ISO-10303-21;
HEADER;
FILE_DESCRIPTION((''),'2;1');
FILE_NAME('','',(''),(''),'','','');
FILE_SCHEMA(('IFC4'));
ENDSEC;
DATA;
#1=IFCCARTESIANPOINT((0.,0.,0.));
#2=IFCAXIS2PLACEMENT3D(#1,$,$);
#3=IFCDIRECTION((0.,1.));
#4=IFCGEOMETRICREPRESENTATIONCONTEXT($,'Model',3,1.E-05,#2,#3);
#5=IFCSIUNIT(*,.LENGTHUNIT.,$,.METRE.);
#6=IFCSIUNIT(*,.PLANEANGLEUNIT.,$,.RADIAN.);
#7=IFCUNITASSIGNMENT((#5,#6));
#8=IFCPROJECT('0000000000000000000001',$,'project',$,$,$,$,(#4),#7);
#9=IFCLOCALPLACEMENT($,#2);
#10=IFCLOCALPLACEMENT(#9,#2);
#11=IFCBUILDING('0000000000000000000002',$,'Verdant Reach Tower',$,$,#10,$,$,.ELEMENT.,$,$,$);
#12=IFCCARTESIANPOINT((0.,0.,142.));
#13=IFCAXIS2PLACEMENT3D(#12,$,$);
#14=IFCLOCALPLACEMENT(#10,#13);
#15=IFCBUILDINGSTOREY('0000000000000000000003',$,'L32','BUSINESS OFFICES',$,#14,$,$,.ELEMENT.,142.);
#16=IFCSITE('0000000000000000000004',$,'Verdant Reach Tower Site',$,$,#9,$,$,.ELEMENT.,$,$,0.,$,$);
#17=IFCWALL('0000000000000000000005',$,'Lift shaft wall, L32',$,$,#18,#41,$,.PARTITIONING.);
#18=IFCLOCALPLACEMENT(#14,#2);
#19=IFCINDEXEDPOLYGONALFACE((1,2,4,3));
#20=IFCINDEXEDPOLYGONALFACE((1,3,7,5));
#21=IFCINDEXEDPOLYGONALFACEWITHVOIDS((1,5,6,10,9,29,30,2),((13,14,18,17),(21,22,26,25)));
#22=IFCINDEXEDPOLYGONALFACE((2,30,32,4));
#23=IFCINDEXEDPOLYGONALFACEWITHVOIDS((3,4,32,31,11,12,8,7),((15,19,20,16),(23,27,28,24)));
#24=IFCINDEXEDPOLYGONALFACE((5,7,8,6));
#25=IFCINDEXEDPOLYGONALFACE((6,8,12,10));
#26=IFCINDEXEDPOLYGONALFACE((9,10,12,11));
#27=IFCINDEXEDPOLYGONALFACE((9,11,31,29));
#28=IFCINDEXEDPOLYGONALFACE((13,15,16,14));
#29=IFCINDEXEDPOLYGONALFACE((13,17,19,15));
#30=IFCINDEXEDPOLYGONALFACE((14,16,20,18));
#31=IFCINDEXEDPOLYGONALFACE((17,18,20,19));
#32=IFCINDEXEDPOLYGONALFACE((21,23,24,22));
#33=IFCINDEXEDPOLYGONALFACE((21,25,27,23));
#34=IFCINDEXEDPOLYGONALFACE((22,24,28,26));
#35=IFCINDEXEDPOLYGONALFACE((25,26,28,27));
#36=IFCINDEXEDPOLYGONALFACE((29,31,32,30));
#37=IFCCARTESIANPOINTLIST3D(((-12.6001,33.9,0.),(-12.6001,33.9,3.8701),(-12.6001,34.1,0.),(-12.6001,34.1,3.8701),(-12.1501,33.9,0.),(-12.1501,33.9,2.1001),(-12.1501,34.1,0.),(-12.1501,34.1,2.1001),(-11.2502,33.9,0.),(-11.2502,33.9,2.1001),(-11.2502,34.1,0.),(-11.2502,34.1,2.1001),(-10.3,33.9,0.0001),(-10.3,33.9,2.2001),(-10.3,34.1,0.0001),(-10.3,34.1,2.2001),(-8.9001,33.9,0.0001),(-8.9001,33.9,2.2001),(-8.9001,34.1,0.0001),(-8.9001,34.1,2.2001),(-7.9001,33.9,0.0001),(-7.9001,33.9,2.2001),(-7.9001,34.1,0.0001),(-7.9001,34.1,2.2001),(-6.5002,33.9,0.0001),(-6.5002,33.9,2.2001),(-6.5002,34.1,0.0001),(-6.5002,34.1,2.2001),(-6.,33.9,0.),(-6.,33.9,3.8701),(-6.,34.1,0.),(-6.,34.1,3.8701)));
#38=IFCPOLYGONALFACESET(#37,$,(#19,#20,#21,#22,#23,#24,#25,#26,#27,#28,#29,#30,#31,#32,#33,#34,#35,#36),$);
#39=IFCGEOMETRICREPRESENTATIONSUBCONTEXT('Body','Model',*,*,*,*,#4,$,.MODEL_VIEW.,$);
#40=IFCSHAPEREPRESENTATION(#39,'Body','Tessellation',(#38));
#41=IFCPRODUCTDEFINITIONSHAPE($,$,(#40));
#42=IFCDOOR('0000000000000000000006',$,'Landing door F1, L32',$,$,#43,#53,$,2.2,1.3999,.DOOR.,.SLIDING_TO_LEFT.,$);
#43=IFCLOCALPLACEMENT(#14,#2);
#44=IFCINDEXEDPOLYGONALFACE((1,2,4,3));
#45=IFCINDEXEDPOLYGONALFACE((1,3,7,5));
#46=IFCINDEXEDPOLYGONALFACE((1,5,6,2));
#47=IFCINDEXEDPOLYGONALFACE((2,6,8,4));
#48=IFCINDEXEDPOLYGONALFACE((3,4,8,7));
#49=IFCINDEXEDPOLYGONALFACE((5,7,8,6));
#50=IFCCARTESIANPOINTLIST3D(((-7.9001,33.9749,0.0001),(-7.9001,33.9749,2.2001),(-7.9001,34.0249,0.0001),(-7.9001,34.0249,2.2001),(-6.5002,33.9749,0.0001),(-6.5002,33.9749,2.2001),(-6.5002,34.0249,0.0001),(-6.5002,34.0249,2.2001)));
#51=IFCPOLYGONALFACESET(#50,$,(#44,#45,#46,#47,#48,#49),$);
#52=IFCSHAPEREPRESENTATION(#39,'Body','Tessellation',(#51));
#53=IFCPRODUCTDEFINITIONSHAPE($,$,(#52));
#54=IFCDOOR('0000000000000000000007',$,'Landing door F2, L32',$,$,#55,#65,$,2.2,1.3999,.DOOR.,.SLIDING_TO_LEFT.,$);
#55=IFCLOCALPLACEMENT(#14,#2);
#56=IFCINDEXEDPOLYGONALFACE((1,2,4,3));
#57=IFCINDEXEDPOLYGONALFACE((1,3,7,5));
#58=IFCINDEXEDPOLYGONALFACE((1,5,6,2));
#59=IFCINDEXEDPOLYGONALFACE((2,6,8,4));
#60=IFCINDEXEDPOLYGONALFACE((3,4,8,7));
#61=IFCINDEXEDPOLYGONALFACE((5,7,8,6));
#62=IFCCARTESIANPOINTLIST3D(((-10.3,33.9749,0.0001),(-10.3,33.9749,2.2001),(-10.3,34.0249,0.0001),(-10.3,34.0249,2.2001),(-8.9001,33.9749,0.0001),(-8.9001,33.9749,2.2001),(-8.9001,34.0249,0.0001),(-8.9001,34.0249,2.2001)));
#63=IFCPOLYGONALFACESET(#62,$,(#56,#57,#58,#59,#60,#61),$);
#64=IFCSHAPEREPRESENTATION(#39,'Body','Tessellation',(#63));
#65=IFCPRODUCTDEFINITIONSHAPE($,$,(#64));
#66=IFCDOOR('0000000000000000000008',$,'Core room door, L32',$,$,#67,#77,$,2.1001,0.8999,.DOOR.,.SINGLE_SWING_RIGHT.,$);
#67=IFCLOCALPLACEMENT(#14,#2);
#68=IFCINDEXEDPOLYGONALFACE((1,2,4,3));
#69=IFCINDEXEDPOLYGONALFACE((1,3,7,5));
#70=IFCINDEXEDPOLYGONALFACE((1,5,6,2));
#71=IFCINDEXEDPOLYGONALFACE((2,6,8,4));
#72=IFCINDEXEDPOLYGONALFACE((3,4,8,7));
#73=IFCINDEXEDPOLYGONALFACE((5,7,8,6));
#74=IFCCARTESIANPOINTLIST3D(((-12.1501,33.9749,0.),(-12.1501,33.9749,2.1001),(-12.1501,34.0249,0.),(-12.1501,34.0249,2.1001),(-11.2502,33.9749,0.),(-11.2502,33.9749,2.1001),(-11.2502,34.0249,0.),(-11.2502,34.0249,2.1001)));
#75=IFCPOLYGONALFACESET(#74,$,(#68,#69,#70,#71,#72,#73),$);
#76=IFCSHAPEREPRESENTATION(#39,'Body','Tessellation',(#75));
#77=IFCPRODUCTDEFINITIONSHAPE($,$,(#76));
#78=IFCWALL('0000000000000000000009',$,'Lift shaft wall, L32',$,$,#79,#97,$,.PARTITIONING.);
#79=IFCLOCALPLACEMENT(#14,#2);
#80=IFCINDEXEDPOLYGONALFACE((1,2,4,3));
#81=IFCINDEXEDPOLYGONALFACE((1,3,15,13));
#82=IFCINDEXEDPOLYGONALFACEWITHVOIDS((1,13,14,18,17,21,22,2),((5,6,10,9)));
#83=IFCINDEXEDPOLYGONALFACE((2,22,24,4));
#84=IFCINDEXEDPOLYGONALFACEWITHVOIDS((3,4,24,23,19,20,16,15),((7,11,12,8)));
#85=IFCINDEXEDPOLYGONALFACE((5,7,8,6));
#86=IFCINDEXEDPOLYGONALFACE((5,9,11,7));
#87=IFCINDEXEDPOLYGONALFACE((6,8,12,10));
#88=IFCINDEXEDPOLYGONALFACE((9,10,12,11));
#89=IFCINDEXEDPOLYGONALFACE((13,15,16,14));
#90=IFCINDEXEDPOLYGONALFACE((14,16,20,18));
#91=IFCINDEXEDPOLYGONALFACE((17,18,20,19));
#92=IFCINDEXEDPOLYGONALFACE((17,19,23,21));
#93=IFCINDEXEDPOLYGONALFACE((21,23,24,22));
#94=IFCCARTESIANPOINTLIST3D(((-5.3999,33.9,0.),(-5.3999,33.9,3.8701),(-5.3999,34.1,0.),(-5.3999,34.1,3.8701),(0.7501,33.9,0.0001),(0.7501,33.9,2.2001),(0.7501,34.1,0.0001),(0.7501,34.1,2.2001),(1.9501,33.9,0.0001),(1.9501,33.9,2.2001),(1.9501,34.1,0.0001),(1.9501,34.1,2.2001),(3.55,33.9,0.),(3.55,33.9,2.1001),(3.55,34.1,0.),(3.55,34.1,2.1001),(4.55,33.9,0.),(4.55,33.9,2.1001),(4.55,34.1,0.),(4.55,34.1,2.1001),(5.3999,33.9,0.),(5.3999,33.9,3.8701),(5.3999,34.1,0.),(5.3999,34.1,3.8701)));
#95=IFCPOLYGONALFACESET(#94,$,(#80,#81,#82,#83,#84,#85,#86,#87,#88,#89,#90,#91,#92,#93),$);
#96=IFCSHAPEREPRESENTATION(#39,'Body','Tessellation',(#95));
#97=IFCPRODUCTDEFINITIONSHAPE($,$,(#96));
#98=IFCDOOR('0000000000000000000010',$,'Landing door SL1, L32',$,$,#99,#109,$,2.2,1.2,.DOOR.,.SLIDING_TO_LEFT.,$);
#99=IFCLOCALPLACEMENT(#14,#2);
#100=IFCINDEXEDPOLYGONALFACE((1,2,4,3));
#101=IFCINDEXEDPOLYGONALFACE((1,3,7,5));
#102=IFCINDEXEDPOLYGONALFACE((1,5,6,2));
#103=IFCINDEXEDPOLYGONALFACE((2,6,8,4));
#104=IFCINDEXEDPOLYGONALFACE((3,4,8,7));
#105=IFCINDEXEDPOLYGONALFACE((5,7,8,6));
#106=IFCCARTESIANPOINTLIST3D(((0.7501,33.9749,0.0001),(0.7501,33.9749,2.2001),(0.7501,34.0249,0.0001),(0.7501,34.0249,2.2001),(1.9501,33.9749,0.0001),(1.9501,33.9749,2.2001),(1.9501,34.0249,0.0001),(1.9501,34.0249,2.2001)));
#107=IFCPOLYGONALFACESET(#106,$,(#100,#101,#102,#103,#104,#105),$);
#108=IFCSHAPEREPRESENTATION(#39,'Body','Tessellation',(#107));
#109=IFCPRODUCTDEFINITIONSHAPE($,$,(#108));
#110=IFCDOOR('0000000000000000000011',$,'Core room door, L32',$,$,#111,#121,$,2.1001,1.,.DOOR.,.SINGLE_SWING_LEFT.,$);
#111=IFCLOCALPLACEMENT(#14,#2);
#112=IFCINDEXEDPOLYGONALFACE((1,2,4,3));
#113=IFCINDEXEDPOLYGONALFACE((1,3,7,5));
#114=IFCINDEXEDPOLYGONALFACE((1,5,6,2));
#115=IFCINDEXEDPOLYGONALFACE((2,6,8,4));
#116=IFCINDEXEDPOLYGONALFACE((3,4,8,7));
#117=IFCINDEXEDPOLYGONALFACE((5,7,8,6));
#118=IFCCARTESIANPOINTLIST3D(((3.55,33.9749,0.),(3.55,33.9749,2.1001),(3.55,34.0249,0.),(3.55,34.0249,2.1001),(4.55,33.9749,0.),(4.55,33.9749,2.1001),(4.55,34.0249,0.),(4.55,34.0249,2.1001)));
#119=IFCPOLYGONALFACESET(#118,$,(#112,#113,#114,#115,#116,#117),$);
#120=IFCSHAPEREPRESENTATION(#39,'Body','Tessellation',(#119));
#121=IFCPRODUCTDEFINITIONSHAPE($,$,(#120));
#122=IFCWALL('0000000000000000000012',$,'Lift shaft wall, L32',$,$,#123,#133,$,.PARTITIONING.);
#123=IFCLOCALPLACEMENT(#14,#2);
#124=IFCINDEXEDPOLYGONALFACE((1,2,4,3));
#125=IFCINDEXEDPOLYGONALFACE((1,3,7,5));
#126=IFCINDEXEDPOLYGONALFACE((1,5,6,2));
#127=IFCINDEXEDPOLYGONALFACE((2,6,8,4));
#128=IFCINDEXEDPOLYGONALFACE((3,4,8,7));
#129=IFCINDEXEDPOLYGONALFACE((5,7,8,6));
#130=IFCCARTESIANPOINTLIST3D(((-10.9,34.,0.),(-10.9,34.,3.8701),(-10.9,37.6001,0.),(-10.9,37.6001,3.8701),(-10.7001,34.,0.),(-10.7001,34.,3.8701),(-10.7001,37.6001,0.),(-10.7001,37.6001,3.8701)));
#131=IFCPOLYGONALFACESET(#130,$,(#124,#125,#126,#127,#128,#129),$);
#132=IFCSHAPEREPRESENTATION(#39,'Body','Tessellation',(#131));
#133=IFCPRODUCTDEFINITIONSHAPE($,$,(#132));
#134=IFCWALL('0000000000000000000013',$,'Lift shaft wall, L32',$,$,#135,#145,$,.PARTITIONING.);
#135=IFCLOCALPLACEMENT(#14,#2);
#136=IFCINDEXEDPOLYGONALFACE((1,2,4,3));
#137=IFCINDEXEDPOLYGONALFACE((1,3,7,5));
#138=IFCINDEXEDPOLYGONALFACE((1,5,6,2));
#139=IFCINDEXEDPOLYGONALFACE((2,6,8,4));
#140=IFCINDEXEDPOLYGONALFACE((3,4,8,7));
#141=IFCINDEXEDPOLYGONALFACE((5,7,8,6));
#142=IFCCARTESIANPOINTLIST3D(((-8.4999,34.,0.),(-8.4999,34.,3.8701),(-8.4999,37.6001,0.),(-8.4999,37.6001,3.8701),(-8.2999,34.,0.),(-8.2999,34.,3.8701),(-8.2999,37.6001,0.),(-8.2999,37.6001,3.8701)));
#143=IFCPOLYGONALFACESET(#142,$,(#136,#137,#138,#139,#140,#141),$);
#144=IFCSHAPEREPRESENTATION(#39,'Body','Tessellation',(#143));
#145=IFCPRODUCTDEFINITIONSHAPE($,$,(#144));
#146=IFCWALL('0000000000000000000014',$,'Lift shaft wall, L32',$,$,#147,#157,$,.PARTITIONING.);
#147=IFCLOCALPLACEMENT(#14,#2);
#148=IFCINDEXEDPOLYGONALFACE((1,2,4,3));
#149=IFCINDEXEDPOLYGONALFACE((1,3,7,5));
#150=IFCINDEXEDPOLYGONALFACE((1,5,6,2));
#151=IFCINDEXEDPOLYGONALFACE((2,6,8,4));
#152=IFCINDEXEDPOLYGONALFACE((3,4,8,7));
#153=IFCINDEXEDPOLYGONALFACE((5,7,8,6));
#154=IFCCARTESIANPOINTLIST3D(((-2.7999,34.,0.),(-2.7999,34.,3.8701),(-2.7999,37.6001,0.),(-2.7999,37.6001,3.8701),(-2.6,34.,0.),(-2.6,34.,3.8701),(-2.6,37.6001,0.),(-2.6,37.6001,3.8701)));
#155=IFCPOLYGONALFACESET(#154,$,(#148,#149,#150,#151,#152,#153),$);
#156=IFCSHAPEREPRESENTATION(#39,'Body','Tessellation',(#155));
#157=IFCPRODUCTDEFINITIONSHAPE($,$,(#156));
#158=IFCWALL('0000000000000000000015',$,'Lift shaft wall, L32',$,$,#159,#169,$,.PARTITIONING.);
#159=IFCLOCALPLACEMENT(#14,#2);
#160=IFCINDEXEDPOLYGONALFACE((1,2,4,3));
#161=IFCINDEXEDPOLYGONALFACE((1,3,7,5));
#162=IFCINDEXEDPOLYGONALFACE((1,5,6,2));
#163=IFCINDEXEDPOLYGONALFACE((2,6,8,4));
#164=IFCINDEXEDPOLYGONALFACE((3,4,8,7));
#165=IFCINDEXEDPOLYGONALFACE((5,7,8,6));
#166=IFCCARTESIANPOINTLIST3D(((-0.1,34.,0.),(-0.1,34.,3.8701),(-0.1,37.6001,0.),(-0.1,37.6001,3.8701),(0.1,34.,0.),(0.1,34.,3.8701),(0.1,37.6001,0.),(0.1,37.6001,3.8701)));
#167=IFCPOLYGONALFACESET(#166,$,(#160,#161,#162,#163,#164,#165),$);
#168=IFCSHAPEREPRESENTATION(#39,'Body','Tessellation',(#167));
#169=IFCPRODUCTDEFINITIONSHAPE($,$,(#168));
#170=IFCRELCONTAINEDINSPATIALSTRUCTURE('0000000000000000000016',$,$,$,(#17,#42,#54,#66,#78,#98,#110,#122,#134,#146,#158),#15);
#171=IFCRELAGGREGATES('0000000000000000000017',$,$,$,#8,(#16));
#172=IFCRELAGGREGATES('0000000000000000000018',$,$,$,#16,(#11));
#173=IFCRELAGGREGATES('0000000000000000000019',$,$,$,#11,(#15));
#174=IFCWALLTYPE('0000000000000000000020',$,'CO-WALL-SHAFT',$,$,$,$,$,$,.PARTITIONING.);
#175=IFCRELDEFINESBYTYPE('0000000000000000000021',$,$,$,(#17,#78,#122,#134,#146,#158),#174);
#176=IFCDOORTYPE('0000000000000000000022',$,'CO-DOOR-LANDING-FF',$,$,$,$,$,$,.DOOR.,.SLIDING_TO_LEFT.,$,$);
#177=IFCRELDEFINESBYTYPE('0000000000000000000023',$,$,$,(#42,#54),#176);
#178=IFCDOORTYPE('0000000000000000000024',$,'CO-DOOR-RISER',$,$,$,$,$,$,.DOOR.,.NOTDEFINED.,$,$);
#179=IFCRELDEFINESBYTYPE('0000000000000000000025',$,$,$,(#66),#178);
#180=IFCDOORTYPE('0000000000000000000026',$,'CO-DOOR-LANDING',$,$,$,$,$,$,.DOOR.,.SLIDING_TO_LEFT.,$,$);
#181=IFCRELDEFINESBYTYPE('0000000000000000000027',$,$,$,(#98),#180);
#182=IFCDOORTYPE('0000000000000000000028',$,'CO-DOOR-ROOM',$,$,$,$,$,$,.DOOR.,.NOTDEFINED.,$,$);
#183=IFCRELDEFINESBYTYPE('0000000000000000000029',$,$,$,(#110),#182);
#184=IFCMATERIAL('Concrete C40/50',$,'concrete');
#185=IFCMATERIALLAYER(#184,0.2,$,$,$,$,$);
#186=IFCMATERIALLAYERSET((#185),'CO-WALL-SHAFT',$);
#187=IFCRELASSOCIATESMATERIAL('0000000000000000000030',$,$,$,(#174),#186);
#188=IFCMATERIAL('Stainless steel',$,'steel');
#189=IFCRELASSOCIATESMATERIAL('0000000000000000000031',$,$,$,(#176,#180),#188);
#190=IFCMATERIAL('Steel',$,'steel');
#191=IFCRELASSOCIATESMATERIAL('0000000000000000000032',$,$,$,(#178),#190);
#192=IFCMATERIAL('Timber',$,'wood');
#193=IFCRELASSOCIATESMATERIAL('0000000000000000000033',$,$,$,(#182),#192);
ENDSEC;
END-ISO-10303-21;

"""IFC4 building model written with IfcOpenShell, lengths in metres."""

from ifc_helpers import new_model, si_unit, direction, frame, frame_2d, origin, place, context, subcontext, project, spatial, rectangle, extrude, material, layer, layer_set, type_object, element, fill, save


model = new_model("IFC4")

# Units and contexts
model_context = context("Model", 3, precision=1e-05, world=origin(), true_north=direction((0.0, 1.0)))
body_context = subcontext(model_context, "Body", "Model", "MODEL_VIEW")
ifc_project = project(units=[si_unit("LENGTHUNIT", "METRE"), si_unit("PLANEANGLEUNIT", "RADIAN")], contexts=[model_context])

# Site, building, storey
site_placement = place(None, origin())
site = spatial("IfcSite", under=ifc_project, at=site_placement, Name="Verdant Reach Tower Site", CompositionType="ELEMENT", RefElevation=0.0)
building_placement = place(site_placement, origin())
building = spatial("IfcBuilding", under=site, at=building_placement, Name="Verdant Reach Tower", CompositionType="ELEMENT")
storey_placement = place(building_placement, frame((0.0, 0.0, 142.0)))
storey = spatial("IfcBuildingStorey", under=building, at=storey_placement, Name="L32", Description="BUSINESS OFFICES", CompositionType="ELEMENT", Elevation=142.0)

# Walls, openings, doors
ifc_material_1 = material(Name="Concrete C40/50", Category="concrete")
ifc_layer_1 = layer(ifc_material_1, 0.2)
ifc_layer_set_1 = layer_set([ifc_layer_1], Name="CO-WALL-SHAFT")
wall_type_1 = type_object("IfcWallType", Name="CO-WALL-SHAFT", PredefinedType="PARTITIONING", material=ifc_layer_set_1)
wall_1_placement = place(storey_placement, frame((-12.6001, 34.0, 0.0), z_axis=(0.0, 0.0, 1.0), x_axis=(1.0, 0.0, 0.0)))
wall_1 = element("IfcWall", 1, at=wall_1_placement, inside=storey, type_object=wall_type_1, Name="Lift shaft wall, L32", PredefinedType="PARTITIONING", context=body_context, shape_type="SweptSolid", body=[
    extrude(rectangle(XDim=6.6001, YDim=0.2, at=frame_2d((3.3, 0.0))), origin(), (0.0, 0.0, 1.0), 3.8701),
])
opening_1_placement = place(wall_1_placement, frame((4.7, 0.0, 0.0)))
opening_1 = element("IfcOpeningElement", 2, at=opening_1_placement, cuts=wall_1, PredefinedType="OPENING", context=body_context, shape_type="SweptSolid", body=[
    extrude(rectangle(XDim=1.3999, YDim=2.2, at=frame_2d((0.7, 1.1001))), frame((0.0, 0.1099, 0.0), z_axis=(0.0, -1.0, 0.0), x_axis=(1.0, 0.0, 0.0)), (0.0, 0.0, 1.0), 0.22),
])
opening_2_placement = place(wall_1_placement, frame((2.3, 0.0, 0.0)))
opening_2 = element("IfcOpeningElement", 3, at=opening_2_placement, cuts=wall_1, PredefinedType="OPENING", context=body_context, shape_type="SweptSolid", body=[
    extrude(rectangle(XDim=1.3999, YDim=2.2, at=frame_2d((0.7, 1.1001))), frame((0.0, 0.1099, 0.0), z_axis=(0.0, -1.0, 0.0), x_axis=(1.0, 0.0, 0.0)), (0.0, 0.0, 1.0), 0.22),
])
opening_3_placement = place(wall_1_placement, frame((0.45, 0.0, 0.0)))
opening_3 = element("IfcOpeningElement", 4, at=opening_3_placement, cuts=wall_1, PredefinedType="OPENING", context=body_context, shape_type="SweptSolid", body=[
    extrude(rectangle(XDim=0.8999, YDim=2.1001, at=frame_2d((0.45, 1.05))), frame((0.0, 0.1099, 0.0), z_axis=(0.0, -1.0, 0.0), x_axis=(1.0, 0.0, 0.0)), (0.0, 0.0, 1.0), 0.22),
])
ifc_material_2 = material(Name="Stainless steel", Category="steel")
door_type_1 = type_object("IfcDoorType", Name="CO-DOOR-LANDING-FF", OperationType="SLIDING_TO_LEFT", PredefinedType="DOOR", material=ifc_material_2)
door_1_placement = place(opening_1_placement, origin())
door_1 = element("IfcDoor", 5, at=door_1_placement, inside=storey, type_object=door_type_1, Name="Landing door F1, L32", OperationType="SLIDING_TO_LEFT", OverallHeight=2.2, OverallWidth=1.3999, PredefinedType="DOOR", context=body_context, shape_type="SweptSolid", body=[
    extrude(rectangle(XDim=1.3999, YDim=2.2, at=frame_2d((0.7, 1.1001))), frame((0.0, 0.0249, 0.0), z_axis=(0.0, -1.0, 0.0), x_axis=(1.0, 0.0, 0.0)), (0.0, 0.0, 1.0), 0.05),
])
fill(opening_1, door_1)
door_2_placement = place(opening_2_placement, origin())
door_2 = element("IfcDoor", 6, at=door_2_placement, inside=storey, type_object=door_type_1, Name="Landing door F2, L32", OperationType="SLIDING_TO_LEFT", OverallHeight=2.2, OverallWidth=1.3999, PredefinedType="DOOR", context=body_context, shape_type="SweptSolid", body=[
    extrude(rectangle(XDim=1.3999, YDim=2.2, at=frame_2d((0.7, 1.1001))), frame((0.0, 0.0249, 0.0), z_axis=(0.0, -1.0, 0.0), x_axis=(1.0, 0.0, 0.0)), (0.0, 0.0, 1.0), 0.05),
])
fill(opening_2, door_2)
ifc_material_3 = material(Name="Steel", Category="steel")
door_type_2 = type_object("IfcDoorType", Name="CO-DOOR-RISER", OperationType="NOTDEFINED", PredefinedType="DOOR", material=ifc_material_3)
door_3_placement = place(opening_3_placement, origin())
door_3 = element("IfcDoor", 7, at=door_3_placement, inside=storey, type_object=door_type_2, Name="Core room door, L32", OperationType="SINGLE_SWING_RIGHT", OverallHeight=2.1001, OverallWidth=0.8999, PredefinedType="DOOR", context=body_context, shape_type="SweptSolid", body=[
    extrude(rectangle(XDim=0.8999, YDim=2.1001, at=frame_2d((0.45, 1.05))), frame((0.0, 0.0249, 0.0), z_axis=(0.0, -1.0, 0.0), x_axis=(1.0, 0.0, 0.0)), (0.0, 0.0, 1.0), 0.05),
])
fill(opening_3, door_3)
wall_2_placement = place(storey_placement, frame((-5.3999, 34.0, 0.0), z_axis=(0.0, 0.0, 1.0), x_axis=(1.0, 0.0, 0.0)))
wall_2 = element("IfcWall", 8, at=wall_2_placement, inside=storey, type_object=wall_type_1, Name="Lift shaft wall, L32", PredefinedType="PARTITIONING", context=body_context, shape_type="SweptSolid", body=[
    extrude(rectangle(XDim=10.7998, YDim=0.2, at=frame_2d((5.3999, 0.0))), origin(), (0.0, 0.0, 1.0), 3.8701),
])
opening_4_placement = place(wall_2_placement, frame((6.1499, 0.0, 0.0)))
opening_4 = element("IfcOpeningElement", 9, at=opening_4_placement, cuts=wall_2, PredefinedType="OPENING", context=body_context, shape_type="SweptSolid", body=[
    extrude(rectangle(XDim=1.2, YDim=2.2, at=frame_2d((0.6001, 1.1001))), frame((0.0, 0.1099, 0.0), z_axis=(0.0, -1.0, 0.0), x_axis=(1.0, 0.0, 0.0)), (0.0, 0.0, 1.0), 0.22),
])
opening_5_placement = place(wall_2_placement, frame((8.95, 0.0, 0.0)))
opening_5 = element("IfcOpeningElement", 10, at=opening_5_placement, cuts=wall_2, PredefinedType="OPENING", context=body_context, shape_type="SweptSolid", body=[
    extrude(rectangle(XDim=1.0, YDim=2.1001, at=frame_2d((0.5, 1.05))), frame((0.0, 0.1099, 0.0), z_axis=(0.0, -1.0, 0.0), x_axis=(1.0, 0.0, 0.0)), (0.0, 0.0, 1.0), 0.22),
])
door_type_3 = type_object("IfcDoorType", Name="CO-DOOR-LANDING", OperationType="SLIDING_TO_LEFT", PredefinedType="DOOR", material=ifc_material_2)
door_4_placement = place(opening_4_placement, origin())
door_4 = element("IfcDoor", 11, at=door_4_placement, inside=storey, type_object=door_type_3, Name="Landing door SL1, L32", OperationType="SLIDING_TO_LEFT", OverallHeight=2.2, OverallWidth=1.2, PredefinedType="DOOR", context=body_context, shape_type="SweptSolid", body=[
    extrude(rectangle(XDim=1.2, YDim=2.2, at=frame_2d((0.6001, 1.1001))), frame((0.0, 0.0249, 0.0), z_axis=(0.0, -1.0, 0.0), x_axis=(1.0, 0.0, 0.0)), (0.0, 0.0, 1.0), 0.05),
])
fill(opening_4, door_4)
ifc_material_4 = material(Name="Timber", Category="wood")
door_type_4 = type_object("IfcDoorType", Name="CO-DOOR-ROOM", OperationType="NOTDEFINED", PredefinedType="DOOR", material=ifc_material_4)
door_5_placement = place(opening_5_placement, origin())
door_5 = element("IfcDoor", 12, at=door_5_placement, inside=storey, type_object=door_type_4, Name="Core room door, L32", OperationType="SINGLE_SWING_LEFT", OverallHeight=2.1001, OverallWidth=1.0, PredefinedType="DOOR", context=body_context, shape_type="SweptSolid", body=[
    extrude(rectangle(XDim=1.0, YDim=2.1001, at=frame_2d((0.5, 1.05))), frame((0.0, 0.0249, 0.0), z_axis=(0.0, -1.0, 0.0), x_axis=(1.0, 0.0, 0.0)), (0.0, 0.0, 1.0), 0.05),
])
fill(opening_5, door_5)

# Walls
for number, where, z_axis, x_axis, name in (
    (13, (-10.8, 34.0, 0.0), (0.0, 0.0, 1.0), (0.0, 1.0, 0.0), "Lift shaft wall, L32"),
    (14, (-8.3999, 34.0, 0.0), (0.0, 0.0, 1.0), (0.0, 1.0, 0.0), "Lift shaft wall, L32"),
    (15, (-2.7, 34.0, 0.0), (0.0, 0.0, 1.0), (0.0, 1.0, 0.0), "Lift shaft wall, L32"),
    (16, (0.0, 34.0, 0.0), (0.0, 0.0, 1.0), (0.0, 1.0, 0.0), "Lift shaft wall, L32"),
):
    element("IfcWall", number, at=place(storey_placement, frame(where, z_axis=z_axis, x_axis=x_axis)), inside=storey, type_object=wall_type_1, Name=name, PredefinedType="PARTITIONING", context=body_context, shape_type="SweptSolid", body=[
        extrude(rectangle(XDim=3.6001, YDim=0.2, at=frame_2d((1.8, 0.0))), origin(), (0.0, 0.0, 1.0), 3.8701),
    ])

save(model, "model.ifc")
